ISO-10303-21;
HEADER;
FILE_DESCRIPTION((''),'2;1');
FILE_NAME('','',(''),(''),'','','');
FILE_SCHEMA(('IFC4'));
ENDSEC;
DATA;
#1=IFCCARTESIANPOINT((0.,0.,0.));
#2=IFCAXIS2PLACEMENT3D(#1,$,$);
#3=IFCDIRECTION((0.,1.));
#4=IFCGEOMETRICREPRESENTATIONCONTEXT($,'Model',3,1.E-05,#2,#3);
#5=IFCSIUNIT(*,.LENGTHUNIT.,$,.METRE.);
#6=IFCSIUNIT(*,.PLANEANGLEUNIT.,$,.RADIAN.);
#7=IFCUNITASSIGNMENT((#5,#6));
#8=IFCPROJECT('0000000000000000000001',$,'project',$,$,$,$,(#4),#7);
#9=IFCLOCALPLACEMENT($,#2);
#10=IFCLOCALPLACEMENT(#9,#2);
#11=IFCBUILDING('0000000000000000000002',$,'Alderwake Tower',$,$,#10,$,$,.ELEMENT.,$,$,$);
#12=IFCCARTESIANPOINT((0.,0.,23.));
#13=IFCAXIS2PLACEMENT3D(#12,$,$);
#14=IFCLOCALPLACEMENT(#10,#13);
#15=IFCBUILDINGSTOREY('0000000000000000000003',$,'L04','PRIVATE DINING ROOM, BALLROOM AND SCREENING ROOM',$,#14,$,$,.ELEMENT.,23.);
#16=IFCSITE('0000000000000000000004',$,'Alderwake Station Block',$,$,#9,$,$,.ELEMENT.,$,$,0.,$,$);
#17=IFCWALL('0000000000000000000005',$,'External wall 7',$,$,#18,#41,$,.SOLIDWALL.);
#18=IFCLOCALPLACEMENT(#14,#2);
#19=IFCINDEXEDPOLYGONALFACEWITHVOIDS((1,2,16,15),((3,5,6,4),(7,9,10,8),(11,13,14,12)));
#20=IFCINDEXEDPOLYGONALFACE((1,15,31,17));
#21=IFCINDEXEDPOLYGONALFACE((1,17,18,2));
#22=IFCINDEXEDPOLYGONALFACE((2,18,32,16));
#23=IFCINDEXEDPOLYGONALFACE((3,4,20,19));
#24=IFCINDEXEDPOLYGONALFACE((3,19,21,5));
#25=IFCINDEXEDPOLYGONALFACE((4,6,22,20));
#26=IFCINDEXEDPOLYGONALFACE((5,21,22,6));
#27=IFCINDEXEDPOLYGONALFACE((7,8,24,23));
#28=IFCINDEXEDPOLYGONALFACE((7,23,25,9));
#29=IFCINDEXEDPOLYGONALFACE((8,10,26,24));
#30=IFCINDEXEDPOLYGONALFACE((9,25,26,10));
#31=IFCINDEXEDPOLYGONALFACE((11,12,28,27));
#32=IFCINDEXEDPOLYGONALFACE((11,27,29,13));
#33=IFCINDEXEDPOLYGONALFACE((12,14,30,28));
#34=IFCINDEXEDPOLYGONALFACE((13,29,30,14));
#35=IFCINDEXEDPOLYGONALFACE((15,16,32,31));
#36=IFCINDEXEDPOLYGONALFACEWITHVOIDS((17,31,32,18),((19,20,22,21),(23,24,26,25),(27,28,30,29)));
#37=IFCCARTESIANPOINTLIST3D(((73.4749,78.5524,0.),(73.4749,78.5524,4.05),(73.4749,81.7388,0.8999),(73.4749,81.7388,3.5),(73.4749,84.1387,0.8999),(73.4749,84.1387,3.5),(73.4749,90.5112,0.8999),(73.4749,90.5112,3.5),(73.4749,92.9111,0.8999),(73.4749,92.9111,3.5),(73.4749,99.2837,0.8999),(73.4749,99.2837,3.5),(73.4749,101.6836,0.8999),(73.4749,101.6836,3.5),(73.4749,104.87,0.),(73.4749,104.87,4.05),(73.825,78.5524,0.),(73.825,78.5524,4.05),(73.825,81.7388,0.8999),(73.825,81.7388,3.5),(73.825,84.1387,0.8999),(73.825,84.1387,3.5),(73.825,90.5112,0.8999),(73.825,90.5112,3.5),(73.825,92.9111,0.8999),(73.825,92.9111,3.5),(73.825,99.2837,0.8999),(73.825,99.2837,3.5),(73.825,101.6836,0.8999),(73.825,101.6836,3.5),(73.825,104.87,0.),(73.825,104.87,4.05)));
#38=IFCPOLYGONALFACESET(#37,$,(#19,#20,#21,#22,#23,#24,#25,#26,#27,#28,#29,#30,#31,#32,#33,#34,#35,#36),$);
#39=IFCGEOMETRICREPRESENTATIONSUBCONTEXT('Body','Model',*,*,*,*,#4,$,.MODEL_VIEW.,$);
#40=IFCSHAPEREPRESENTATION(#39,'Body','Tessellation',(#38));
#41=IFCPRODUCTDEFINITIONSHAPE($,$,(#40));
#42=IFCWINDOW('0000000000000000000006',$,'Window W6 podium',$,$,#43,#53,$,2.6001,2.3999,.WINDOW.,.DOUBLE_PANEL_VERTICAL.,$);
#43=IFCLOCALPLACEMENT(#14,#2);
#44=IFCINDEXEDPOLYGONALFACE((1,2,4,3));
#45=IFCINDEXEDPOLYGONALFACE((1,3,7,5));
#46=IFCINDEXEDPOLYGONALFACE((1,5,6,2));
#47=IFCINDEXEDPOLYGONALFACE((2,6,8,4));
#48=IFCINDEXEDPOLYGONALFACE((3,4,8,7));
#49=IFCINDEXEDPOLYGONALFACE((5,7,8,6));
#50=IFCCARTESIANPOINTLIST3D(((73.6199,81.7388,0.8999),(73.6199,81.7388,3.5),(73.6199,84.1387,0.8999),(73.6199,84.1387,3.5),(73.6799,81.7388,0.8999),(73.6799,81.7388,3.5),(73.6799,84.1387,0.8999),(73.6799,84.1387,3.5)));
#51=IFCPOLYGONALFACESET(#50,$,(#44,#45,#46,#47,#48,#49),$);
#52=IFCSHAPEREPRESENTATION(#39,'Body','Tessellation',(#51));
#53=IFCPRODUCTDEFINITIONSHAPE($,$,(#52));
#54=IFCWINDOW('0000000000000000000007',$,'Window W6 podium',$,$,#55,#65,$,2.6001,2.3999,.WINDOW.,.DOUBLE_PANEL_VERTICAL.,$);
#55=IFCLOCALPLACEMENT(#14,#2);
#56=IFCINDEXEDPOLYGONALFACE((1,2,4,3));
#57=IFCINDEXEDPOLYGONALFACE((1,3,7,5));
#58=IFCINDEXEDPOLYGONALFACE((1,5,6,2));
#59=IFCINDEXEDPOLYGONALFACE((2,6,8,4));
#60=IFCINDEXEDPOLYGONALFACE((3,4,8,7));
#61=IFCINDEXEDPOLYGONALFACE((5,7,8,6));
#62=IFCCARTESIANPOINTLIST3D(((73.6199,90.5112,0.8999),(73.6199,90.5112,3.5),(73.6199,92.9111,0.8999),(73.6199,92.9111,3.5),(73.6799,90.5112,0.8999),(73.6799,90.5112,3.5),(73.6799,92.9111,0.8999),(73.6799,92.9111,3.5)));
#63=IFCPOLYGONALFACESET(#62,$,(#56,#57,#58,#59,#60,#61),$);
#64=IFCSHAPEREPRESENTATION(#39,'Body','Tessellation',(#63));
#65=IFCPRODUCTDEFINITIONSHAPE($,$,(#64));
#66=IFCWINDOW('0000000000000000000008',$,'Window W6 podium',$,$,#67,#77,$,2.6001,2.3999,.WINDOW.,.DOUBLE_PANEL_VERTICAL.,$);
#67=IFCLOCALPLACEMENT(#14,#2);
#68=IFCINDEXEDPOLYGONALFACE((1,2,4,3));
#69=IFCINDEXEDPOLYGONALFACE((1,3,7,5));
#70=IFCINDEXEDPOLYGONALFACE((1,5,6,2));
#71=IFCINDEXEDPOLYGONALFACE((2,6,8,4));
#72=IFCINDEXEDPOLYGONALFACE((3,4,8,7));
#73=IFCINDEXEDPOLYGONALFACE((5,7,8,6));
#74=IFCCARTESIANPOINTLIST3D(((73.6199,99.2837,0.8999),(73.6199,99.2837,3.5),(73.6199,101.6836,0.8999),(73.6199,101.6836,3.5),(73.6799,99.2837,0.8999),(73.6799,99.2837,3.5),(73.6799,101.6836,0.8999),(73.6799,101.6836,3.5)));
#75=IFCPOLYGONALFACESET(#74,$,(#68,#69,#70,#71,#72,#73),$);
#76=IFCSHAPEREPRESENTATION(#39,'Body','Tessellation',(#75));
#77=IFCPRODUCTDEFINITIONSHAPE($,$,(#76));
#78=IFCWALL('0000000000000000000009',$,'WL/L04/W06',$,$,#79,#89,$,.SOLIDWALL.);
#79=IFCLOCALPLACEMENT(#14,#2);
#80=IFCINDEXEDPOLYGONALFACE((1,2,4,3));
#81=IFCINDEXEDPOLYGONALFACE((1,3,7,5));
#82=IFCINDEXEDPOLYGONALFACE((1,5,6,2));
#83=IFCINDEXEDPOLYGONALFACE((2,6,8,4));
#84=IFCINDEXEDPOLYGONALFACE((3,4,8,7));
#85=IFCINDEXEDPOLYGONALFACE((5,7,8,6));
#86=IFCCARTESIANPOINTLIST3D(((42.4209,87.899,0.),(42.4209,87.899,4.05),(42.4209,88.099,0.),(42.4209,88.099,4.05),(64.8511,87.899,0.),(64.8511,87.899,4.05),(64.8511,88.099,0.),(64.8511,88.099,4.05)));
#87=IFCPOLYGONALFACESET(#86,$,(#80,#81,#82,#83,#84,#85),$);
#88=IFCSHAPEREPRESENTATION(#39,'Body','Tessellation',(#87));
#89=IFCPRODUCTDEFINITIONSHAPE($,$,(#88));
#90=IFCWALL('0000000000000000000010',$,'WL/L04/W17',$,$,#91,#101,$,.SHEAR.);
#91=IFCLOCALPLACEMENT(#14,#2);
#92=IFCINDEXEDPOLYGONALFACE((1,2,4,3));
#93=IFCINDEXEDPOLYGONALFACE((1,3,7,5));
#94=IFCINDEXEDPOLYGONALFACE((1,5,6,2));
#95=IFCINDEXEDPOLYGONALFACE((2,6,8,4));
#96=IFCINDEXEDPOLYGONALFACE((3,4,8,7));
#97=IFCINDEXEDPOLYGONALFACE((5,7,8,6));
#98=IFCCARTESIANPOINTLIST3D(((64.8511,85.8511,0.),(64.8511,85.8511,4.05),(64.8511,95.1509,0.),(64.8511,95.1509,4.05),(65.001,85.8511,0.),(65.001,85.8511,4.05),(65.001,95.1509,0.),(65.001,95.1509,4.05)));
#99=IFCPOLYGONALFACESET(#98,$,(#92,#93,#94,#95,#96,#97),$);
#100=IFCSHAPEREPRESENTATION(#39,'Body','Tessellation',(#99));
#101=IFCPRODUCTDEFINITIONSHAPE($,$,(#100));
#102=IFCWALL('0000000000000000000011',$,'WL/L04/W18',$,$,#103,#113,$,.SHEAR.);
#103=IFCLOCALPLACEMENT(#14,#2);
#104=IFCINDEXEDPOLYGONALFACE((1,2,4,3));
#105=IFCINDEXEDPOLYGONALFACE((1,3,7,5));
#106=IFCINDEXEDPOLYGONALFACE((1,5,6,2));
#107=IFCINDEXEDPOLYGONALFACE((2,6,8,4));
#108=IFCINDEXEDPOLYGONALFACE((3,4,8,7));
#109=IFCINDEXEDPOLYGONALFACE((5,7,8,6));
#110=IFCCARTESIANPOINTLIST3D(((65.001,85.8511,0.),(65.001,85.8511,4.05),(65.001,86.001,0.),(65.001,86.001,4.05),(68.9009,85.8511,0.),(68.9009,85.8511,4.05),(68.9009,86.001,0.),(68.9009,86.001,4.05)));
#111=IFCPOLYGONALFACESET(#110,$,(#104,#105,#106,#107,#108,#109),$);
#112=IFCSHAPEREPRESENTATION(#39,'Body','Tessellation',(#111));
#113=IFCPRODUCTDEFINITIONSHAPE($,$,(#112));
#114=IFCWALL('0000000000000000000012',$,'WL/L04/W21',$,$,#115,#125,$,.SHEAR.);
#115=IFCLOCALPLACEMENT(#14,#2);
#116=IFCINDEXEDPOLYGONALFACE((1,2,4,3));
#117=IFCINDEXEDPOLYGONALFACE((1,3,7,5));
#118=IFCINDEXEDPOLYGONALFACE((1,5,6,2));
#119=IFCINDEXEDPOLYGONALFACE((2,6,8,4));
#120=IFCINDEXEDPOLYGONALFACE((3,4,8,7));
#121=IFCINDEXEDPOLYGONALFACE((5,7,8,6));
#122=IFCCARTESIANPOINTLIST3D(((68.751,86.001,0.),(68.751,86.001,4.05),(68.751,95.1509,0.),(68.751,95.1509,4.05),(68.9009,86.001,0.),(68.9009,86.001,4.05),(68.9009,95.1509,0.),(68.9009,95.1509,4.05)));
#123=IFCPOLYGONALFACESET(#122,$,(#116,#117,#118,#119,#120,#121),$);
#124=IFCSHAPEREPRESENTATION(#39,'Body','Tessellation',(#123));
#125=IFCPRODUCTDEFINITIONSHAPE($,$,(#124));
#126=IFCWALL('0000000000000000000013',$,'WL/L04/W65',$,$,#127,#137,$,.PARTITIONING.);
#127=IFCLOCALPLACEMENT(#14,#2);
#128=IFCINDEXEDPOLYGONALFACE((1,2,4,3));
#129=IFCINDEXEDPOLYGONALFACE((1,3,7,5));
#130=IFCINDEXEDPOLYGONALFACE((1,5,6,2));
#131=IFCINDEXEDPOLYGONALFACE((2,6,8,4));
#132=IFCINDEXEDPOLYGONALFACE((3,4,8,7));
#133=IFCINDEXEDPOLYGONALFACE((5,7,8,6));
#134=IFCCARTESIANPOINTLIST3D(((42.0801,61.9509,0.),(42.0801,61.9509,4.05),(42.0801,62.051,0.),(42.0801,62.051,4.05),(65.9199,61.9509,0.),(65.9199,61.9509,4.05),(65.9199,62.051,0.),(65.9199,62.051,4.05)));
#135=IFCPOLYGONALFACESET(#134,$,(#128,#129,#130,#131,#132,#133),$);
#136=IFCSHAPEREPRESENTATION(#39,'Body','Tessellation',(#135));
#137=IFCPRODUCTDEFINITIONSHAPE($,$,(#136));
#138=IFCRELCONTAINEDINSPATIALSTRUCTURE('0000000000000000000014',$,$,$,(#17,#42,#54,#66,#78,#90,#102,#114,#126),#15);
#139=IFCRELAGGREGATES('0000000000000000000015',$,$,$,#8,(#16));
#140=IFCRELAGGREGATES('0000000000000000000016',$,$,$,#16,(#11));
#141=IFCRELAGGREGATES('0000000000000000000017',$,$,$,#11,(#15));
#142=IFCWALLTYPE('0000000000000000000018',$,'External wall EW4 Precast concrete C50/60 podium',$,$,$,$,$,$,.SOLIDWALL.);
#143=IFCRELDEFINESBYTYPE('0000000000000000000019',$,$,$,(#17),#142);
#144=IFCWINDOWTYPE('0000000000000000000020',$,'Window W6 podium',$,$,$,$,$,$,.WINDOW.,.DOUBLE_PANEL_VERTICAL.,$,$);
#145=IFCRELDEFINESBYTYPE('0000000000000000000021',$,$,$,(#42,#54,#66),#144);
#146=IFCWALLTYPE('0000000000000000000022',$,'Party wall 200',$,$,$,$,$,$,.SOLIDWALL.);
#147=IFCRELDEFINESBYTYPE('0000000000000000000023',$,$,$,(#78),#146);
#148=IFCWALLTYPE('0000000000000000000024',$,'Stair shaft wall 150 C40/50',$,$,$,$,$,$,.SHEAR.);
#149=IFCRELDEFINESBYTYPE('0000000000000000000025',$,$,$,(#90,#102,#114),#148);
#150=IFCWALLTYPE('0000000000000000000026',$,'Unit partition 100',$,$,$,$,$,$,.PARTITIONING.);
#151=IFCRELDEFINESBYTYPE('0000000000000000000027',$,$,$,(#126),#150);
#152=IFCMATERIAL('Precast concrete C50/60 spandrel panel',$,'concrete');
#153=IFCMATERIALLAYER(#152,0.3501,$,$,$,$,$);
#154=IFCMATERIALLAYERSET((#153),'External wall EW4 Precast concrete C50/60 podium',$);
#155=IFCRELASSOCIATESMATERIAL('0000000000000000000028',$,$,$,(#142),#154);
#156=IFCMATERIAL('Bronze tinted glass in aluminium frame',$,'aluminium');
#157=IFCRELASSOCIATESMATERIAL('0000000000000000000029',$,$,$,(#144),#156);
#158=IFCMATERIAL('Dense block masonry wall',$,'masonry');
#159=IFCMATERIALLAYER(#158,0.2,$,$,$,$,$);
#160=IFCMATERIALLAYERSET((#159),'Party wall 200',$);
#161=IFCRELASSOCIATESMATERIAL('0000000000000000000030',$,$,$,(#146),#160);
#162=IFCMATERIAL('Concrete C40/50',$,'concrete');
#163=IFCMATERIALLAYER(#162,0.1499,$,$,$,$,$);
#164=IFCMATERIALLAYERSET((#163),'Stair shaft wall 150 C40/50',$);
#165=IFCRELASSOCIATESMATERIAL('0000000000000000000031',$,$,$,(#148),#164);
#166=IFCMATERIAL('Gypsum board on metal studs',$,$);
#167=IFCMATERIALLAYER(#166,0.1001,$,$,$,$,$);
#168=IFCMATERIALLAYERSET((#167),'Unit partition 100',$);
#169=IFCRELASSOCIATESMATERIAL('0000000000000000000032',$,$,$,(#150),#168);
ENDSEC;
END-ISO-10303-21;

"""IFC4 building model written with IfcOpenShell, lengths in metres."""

from ifc_helpers import new_model, si_unit, direction, frame, frame_2d, origin, place, context, subcontext, project, spatial, rectangle, extrude, material, layer, layer_set, type_object, element, fill, save


model = new_model("IFC4")

# Units and contexts
model_context = context("Model", 3, precision=1e-05, world=origin(), true_north=direction((0.0, 1.0)))
body_context = subcontext(model_context, "Body", "Model", "MODEL_VIEW")
ifc_project = project(units=[si_unit("LENGTHUNIT", "METRE"), si_unit("PLANEANGLEUNIT", "RADIAN")], contexts=[model_context])

# Site, building, storey
site_placement = place(None, origin())
site = spatial("IfcSite", under=ifc_project, at=site_placement, Name="Alderwake Station Block", CompositionType="ELEMENT", RefElevation=0.0)
building_placement = place(site_placement, origin())
building = spatial("IfcBuilding", under=site, at=building_placement, Name="Alderwake Tower", CompositionType="ELEMENT")
storey_placement = place(building_placement, frame((0.0, 0.0, 23.0)))
storey = spatial("IfcBuildingStorey", under=building, at=storey_placement, Name="L04", Description="PRIVATE DINING ROOM, BALLROOM AND SCREENING ROOM", CompositionType="ELEMENT", Elevation=23.0)

# Shared definitions
ifc_material_1 = material(Name="Precast concrete C50/60 spandrel panel", Category="concrete")
ifc_layer_1 = layer(ifc_material_1, 0.3501)
ifc_layer_set_1 = layer_set([ifc_layer_1], Name="External wall EW4 Precast concrete C50/60 podium")
wall_type_1 = type_object("IfcWallType", Name="External wall EW4 Precast concrete C50/60 podium", PredefinedType="SOLIDWALL", material=ifc_layer_set_1)

# Wall, openings, windows
wall_1_placement = place(storey_placement, frame((73.6499, 78.5525, 0.0), z_axis=(0.0, 0.0, 1.0), x_axis=(0.0, 1.0, 0.0)))
wall_1 = element("IfcWall", 1, at=wall_1_placement, inside=storey, type_object=wall_type_1, Name="External wall 7", PredefinedType="SOLIDWALL", context=body_context, shape_type="SweptSolid", body=[
    extrude(rectangle(XDim=26.3176, YDim=0.3501, at=frame_2d((13.1587, 0.0))), origin(), (0.0, 0.0, 1.0), 4.05),
])
opening_1_placement = place(wall_1_placement, frame((3.1863, 0.0, 0.8999)))
opening_1 = element("IfcOpeningElement", 2, at=opening_1_placement, cuts=wall_1, PredefinedType="OPENING", context=body_context, shape_type="SweptSolid", body=[
    extrude(rectangle(XDim=2.3999, YDim=2.6001, at=frame_2d((1.2, 1.3))), frame((0.0, 0.1851, 0.0), z_axis=(0.0, -1.0, 0.0), x_axis=(1.0, 0.0, 0.0)), (0.0, 0.0, 1.0), 0.3701),
])
opening_2_placement = place(wall_1_placement, frame((11.9587, 0.0, 0.8999)))
opening_2 = element("IfcOpeningElement", 3, at=opening_2_placement, cuts=wall_1, PredefinedType="OPENING", context=body_context, shape_type="SweptSolid", body=[
    extrude(rectangle(XDim=2.3999, YDim=2.6001, at=frame_2d((1.2, 1.3))), frame((0.0, 0.1851, 0.0), z_axis=(0.0, -1.0, 0.0), x_axis=(1.0, 0.0, 0.0)), (0.0, 0.0, 1.0), 0.3701),
])
opening_3_placement = place(wall_1_placement, frame((20.7312, 0.0, 0.8999)))
opening_3 = element("IfcOpeningElement", 4, at=opening_3_placement, cuts=wall_1, PredefinedType="OPENING", context=body_context, shape_type="SweptSolid", body=[
    extrude(rectangle(XDim=2.3999, YDim=2.6001, at=frame_2d((1.2, 1.3))), frame((0.0, 0.1851, 0.0), z_axis=(0.0, -1.0, 0.0), x_axis=(1.0, 0.0, 0.0)), (0.0, 0.0, 1.0), 0.3701),
])
ifc_material_2 = material(Name="Bronze tinted glass in aluminium frame", Category="aluminium")
window_type = type_object("IfcWindowType", Name="Window W6 podium", PartitioningType="DOUBLE_PANEL_VERTICAL", PredefinedType="WINDOW", material=ifc_material_2)
window_1_placement = place(opening_1_placement, origin())
window_1 = element("IfcWindow", 5, at=window_1_placement, inside=storey, type_object=window_type, Name="Window W6 podium", OverallHeight=2.6001, OverallWidth=2.3999, PartitioningType="DOUBLE_PANEL_VERTICAL", PredefinedType="WINDOW", context=body_context, shape_type="SweptSolid", body=[
    extrude(rectangle(XDim=2.3999, YDim=2.6001, at=frame_2d((1.2, 1.3))), frame((0.0, 0.03, 0.0), z_axis=(0.0, -1.0, 0.0), x_axis=(1.0, 0.0, 0.0)), (0.0, 0.0, 1.0), 0.0601),
])
fill(opening_1, window_1)
window_2_placement = place(opening_2_placement, origin())
window_2 = element("IfcWindow", 6, at=window_2_placement, inside=storey, type_object=window_type, Name="Window W6 podium", OverallHeight=2.6001, OverallWidth=2.3999, PartitioningType="DOUBLE_PANEL_VERTICAL", PredefinedType="WINDOW", context=body_context, shape_type="SweptSolid", body=[
    extrude(rectangle(XDim=2.3999, YDim=2.6001, at=frame_2d((1.2, 1.3))), frame((0.0, 0.03, 0.0), z_axis=(0.0, -1.0, 0.0), x_axis=(1.0, 0.0, 0.0)), (0.0, 0.0, 1.0), 0.0601),
])
fill(opening_2, window_2)
window_3_placement = place(opening_3_placement, origin())
window_3 = element("IfcWindow", 7, at=window_3_placement, inside=storey, type_object=window_type, Name="Window W6 podium", OverallHeight=2.6001, OverallWidth=2.3999, PartitioningType="DOUBLE_PANEL_VERTICAL", PredefinedType="WINDOW", context=body_context, shape_type="SweptSolid", body=[
    extrude(rectangle(XDim=2.3999, YDim=2.6001, at=frame_2d((1.2, 1.3))), frame((0.0, 0.03, 0.0), z_axis=(0.0, -1.0, 0.0), x_axis=(1.0, 0.0, 0.0)), (0.0, 0.0, 1.0), 0.0601),
])
fill(opening_3, window_3)

# Walls
ifc_material_3 = material(Name="Dense block masonry wall", Category="masonry")
ifc_layer_2 = layer(ifc_material_3, 0.2)
ifc_layer_set_2 = layer_set([ifc_layer_2], Name="Party wall 200")
wall_type_2 = type_object("IfcWallType", Name="Party wall 200", PredefinedType="SOLIDWALL", material=ifc_layer_set_2)
wall_2_placement = place(storey_placement, frame((64.8511, 87.999, 0.0), z_axis=(0.0, 0.0, 1.0), x_axis=(-1.0, 0.0, 0.0)))
element("IfcWall", 8, at=wall_2_placement, inside=storey, type_object=wall_type_2, Name="WL/L04/W06", PredefinedType="SOLIDWALL", context=body_context, shape_type="SweptSolid", body=[
    extrude(rectangle(XDim=22.4302, YDim=0.2, at=frame_2d((11.2151, 0.0))), origin(), (0.0, 0.0, 1.0), 4.05),
])
ifc_material_4 = material(Name="Concrete C40/50", Category="concrete")
ifc_layer_3 = layer(ifc_material_4, 0.1499)
ifc_layer_set_3 = layer_set([ifc_layer_3], Name="Stair shaft wall 150 C40/50")
wall_type_3 = type_object("IfcWallType", Name="Stair shaft wall 150 C40/50", PredefinedType="SHEAR", material=ifc_layer_set_3)
wall_3_placement = place(storey_placement, frame((64.926, 85.8511, 0.0), z_axis=(0.0, 0.0, 1.0), x_axis=(0.0, 1.0, 0.0)))
element("IfcWall", 9, at=wall_3_placement, inside=storey, type_object=wall_type_3, Name="WL/L04/W17", PredefinedType="SHEAR", context=body_context, shape_type="SweptSolid", body=[
    extrude(rectangle(XDim=9.2998, YDim=0.1499, at=frame_2d((4.6499, 0.0))), origin(), (0.0, 0.0, 1.0), 4.05),
])
wall_4_placement = place(storey_placement, frame((65.001, 85.926, 0.0), z_axis=(0.0, 0.0, 1.0), x_axis=(1.0, 0.0, 0.0)))
element("IfcWall", 10, at=wall_4_placement, inside=storey, type_object=wall_type_3, Name="WL/L04/W18", PredefinedType="SHEAR", context=body_context, shape_type="SweptSolid", body=[
    extrude(rectangle(XDim=3.8999, YDim=0.1499, at=frame_2d((1.95, 0.0))), origin(), (0.0, 0.0, 1.0), 4.05),
])
wall_5_placement = place(storey_placement, frame((68.8259, 86.001, 0.0), z_axis=(0.0, 0.0, 1.0), x_axis=(0.0, 1.0, 0.0)))
element("IfcWall", 11, at=wall_5_placement, inside=storey, type_object=wall_type_3, Name="WL/L04/W21", PredefinedType="SHEAR", context=body_context, shape_type="SweptSolid", body=[
    extrude(rectangle(XDim=9.1499, YDim=0.1499, at=frame_2d((4.575, 0.0))), origin(), (0.0, 0.0, 1.0), 4.05),
])
ifc_material_5 = material(Name="Gypsum board on metal studs")
ifc_layer_4 = layer(ifc_material_5, 0.1001)
ifc_layer_set_4 = layer_set([ifc_layer_4], Name="Unit partition 100")
wall_type_4 = type_object("IfcWallType", Name="Unit partition 100", PredefinedType="PARTITIONING", material=ifc_layer_set_4)
wall_6_placement = place(storey_placement, frame((65.9199, 62.001, 0.0), z_axis=(0.0, 0.0, 1.0), x_axis=(-1.0, 0.0, 0.0)))
element("IfcWall", 12, at=wall_6_placement, inside=storey, type_object=wall_type_4, Name="WL/L04/W65", PredefinedType="PARTITIONING", context=body_context, shape_type="SweptSolid", body=[
    extrude(rectangle(XDim=23.8398, YDim=0.1001, at=frame_2d((11.9199, 0.0))), origin(), (0.0, 0.0, 1.0), 4.05),
])

save(model, "model.ifc")
